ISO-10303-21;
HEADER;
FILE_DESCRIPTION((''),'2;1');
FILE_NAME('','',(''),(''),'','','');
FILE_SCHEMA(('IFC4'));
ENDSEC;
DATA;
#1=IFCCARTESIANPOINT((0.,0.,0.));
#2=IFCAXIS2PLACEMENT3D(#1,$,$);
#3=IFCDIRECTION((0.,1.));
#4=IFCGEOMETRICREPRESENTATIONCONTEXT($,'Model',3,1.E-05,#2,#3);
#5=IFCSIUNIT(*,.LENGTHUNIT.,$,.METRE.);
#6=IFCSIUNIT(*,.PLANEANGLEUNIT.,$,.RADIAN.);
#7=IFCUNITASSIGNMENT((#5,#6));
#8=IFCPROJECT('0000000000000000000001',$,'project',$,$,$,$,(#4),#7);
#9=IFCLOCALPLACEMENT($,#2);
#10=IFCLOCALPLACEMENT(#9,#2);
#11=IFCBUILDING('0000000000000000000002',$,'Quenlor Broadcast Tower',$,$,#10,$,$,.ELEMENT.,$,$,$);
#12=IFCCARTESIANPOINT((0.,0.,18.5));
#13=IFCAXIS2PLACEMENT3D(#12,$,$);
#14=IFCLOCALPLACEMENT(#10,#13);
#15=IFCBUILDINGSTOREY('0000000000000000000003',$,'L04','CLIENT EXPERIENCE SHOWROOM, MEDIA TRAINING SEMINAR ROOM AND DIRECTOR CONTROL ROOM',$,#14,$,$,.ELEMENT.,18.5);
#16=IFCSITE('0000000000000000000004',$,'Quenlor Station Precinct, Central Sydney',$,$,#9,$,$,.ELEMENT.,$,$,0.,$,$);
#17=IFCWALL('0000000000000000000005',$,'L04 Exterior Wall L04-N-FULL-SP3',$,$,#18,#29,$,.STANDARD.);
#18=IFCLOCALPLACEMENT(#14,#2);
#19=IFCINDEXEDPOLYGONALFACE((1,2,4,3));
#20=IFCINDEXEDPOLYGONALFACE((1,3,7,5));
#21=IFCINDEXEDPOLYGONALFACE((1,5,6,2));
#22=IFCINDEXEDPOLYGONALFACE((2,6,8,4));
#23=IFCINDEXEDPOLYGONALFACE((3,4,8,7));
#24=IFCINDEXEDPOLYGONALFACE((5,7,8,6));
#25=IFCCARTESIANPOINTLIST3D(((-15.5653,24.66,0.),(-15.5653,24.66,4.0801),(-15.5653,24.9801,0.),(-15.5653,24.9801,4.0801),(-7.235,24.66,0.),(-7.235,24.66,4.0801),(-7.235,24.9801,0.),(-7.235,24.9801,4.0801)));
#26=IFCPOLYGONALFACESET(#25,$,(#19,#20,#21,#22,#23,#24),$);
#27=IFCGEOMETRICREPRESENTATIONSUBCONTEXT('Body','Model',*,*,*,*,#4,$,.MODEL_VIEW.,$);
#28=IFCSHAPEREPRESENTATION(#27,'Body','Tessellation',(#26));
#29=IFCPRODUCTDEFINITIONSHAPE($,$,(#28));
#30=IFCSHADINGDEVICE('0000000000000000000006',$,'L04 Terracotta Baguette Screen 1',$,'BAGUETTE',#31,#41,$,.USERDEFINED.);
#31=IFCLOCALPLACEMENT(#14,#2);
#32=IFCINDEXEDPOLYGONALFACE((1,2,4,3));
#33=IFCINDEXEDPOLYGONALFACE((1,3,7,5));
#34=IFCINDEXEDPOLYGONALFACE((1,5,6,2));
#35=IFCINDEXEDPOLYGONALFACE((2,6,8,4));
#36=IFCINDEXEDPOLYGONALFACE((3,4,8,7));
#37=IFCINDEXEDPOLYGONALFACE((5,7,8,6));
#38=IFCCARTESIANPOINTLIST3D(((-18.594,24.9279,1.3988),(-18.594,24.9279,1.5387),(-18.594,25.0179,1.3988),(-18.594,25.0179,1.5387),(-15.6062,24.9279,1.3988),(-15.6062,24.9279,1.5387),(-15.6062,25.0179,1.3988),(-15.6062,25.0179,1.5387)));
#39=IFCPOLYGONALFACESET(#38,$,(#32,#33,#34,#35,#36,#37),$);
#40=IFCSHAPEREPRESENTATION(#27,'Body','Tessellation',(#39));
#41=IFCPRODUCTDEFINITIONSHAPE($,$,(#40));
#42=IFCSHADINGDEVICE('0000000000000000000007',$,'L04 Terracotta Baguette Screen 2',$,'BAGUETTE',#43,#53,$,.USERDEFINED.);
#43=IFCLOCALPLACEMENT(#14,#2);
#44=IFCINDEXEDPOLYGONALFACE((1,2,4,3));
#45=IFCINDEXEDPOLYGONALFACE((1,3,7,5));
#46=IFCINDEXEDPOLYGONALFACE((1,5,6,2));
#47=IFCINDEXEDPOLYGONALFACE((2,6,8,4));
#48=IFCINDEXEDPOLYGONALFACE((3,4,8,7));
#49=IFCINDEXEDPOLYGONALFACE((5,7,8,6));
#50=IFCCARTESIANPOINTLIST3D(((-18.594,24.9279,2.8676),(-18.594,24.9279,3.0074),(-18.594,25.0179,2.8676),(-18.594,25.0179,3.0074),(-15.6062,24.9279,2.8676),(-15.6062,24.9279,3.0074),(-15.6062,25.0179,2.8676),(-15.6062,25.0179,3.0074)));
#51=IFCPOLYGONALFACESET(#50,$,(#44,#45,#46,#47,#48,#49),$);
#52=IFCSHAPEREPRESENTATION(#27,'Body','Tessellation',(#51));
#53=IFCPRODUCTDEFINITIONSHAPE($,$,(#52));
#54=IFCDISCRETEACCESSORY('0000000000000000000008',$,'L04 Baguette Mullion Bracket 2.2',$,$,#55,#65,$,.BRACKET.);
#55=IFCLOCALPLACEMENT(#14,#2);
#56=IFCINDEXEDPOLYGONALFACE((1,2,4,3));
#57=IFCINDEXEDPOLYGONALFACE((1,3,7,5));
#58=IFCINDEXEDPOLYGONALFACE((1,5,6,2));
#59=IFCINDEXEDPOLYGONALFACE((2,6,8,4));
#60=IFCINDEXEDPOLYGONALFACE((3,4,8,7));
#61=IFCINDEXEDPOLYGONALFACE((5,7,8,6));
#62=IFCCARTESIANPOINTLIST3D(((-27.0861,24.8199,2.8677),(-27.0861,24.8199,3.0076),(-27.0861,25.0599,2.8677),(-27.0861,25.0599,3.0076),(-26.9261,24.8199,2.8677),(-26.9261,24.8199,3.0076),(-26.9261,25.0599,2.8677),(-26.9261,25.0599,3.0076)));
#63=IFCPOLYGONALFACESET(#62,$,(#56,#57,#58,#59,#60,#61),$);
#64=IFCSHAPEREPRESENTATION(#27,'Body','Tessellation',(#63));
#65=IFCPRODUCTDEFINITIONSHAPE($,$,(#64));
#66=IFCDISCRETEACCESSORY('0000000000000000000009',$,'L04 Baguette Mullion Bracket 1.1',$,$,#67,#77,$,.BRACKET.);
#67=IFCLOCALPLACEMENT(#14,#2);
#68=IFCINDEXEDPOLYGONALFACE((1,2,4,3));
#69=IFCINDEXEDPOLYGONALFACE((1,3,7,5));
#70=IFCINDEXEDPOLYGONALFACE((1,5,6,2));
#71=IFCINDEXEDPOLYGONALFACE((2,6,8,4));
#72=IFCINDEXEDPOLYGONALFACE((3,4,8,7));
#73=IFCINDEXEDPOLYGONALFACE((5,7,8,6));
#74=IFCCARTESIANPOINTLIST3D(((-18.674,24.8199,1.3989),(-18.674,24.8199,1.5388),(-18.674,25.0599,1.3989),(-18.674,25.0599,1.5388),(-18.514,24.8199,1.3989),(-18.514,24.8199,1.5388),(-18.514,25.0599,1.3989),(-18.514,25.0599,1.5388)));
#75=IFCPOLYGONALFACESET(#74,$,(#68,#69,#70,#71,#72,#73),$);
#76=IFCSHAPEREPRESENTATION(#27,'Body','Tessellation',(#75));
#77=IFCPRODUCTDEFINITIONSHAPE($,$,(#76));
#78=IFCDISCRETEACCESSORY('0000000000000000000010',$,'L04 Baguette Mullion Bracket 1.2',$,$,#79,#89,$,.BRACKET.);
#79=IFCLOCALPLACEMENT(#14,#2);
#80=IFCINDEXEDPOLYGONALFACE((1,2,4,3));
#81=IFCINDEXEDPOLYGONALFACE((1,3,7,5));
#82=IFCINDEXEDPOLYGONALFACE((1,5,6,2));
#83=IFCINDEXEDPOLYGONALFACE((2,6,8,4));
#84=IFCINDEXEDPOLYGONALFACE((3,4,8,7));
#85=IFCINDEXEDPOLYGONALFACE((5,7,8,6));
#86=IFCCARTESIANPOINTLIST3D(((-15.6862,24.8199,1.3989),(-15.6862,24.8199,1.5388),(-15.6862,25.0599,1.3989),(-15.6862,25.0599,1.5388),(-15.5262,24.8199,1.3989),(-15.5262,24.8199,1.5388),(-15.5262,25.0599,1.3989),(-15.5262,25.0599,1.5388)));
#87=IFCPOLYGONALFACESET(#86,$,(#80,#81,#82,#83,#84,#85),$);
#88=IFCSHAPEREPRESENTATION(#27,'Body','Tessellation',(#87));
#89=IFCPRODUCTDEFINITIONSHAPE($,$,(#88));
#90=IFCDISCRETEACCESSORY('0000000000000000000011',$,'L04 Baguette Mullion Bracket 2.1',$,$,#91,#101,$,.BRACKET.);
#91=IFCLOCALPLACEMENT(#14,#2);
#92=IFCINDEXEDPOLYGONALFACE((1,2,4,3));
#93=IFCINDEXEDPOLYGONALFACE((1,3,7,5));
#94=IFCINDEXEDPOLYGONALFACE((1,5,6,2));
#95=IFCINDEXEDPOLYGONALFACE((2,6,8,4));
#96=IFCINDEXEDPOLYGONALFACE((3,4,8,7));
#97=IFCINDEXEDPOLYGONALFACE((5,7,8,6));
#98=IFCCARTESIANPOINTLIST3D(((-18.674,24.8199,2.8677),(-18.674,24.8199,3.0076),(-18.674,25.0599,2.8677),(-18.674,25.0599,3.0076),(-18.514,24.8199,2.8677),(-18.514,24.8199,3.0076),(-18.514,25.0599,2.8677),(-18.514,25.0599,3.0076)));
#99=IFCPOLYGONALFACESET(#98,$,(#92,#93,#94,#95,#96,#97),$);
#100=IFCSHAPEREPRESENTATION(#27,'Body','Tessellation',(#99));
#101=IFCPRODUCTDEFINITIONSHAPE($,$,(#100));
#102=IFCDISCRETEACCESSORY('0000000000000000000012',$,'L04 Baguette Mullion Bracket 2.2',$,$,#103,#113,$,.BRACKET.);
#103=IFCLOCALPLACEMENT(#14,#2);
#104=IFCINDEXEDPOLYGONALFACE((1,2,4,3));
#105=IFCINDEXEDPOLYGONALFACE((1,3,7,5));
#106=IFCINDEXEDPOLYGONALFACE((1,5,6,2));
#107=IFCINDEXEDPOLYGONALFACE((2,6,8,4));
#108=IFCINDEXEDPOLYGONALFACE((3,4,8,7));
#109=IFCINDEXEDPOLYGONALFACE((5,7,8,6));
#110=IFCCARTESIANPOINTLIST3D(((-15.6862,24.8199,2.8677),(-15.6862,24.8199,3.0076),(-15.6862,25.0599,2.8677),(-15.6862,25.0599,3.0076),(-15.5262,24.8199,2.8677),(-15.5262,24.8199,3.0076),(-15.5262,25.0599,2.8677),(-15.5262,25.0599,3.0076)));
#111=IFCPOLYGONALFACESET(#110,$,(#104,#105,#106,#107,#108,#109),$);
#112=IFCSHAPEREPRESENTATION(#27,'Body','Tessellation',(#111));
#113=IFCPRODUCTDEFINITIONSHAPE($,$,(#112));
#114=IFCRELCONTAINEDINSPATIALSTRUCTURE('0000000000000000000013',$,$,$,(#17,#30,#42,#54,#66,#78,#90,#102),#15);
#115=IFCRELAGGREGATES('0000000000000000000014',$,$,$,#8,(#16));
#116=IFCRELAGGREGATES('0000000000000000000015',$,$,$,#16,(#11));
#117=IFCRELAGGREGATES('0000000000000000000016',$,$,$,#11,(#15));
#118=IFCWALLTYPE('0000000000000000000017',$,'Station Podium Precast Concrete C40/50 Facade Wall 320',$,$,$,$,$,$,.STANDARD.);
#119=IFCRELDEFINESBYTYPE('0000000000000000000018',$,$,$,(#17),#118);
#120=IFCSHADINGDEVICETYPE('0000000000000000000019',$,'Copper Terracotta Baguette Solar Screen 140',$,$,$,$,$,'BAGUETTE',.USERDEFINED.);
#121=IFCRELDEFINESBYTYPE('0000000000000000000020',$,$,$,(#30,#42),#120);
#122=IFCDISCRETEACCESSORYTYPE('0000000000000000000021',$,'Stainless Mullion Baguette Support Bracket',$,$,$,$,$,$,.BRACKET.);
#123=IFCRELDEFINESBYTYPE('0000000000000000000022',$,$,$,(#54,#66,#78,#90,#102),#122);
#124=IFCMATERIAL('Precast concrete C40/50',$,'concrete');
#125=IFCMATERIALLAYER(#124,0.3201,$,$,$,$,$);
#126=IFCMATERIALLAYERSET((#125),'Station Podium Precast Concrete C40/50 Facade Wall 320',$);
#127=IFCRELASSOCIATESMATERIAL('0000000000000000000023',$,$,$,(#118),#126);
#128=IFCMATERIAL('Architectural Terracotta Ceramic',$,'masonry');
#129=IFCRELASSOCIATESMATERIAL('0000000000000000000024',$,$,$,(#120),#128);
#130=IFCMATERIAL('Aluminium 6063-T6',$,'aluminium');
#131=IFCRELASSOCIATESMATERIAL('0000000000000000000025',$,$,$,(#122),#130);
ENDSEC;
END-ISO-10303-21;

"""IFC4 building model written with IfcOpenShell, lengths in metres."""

from ifc_helpers import new_model, si_unit, direction, frame, frame_2d, origin, origin_2d, place, context, subcontext, project, spatial, rectangle, extrude, material, layer, layer_set, material_profile, profile_set, type_object, element, save


model = new_model("IFC4")

# Units and contexts
model_context = context("Model", 3, precision=1e-05, world=origin(), true_north=direction((0.0, 1.0)))
body_context = subcontext(model_context, "Body", "Model", "MODEL_VIEW")
ifc_project = project(units=[si_unit("LENGTHUNIT", "METRE"), si_unit("PLANEANGLEUNIT", "RADIAN")], contexts=[model_context])

# Site, building, storey
site_placement = place(None, origin())
site = spatial("IfcSite", under=ifc_project, at=site_placement, Name="Quenlor Station Precinct, Central Sydney", CompositionType="ELEMENT", RefElevation=0.0)
building_placement = place(site_placement, origin())
building = spatial("IfcBuilding", under=site, at=building_placement, Name="Quenlor Broadcast Tower", CompositionType="ELEMENT")
storey_placement = place(building_placement, frame((0.0, 0.0, 18.5)))
storey = spatial("IfcBuildingStorey", under=building, at=storey_placement, Name="L04", Description="CLIENT EXPERIENCE SHOWROOM, MEDIA TRAINING SEMINAR ROOM AND DIRECTOR CONTROL ROOM", CompositionType="ELEMENT", Elevation=18.5)

# Wall
ifc_material_1 = material(Name="Precast concrete C40/50", Category="concrete")
ifc_layer_1 = layer(ifc_material_1, 0.3201)
ifc_layer_set_1 = layer_set([ifc_layer_1], Name="Station Podium Precast Concrete C40/50 Facade Wall 320")
wall_type = type_object("IfcWallType", Name="Station Podium Precast Concrete C40/50 Facade Wall 320", PredefinedType="STANDARD", material=ifc_layer_set_1)
wall_1_placement = place(storey_placement, frame((-15.5652, 24.8201, 0.0), z_axis=(0.0, 0.0, 1.0), x_axis=(1.0, 0.0, 0.0)))
element("IfcWall", 1, at=wall_1_placement, inside=storey, type_object=wall_type, Name="L04 Exterior Wall L04-N-FULL-SP3", PredefinedType="STANDARD", context=body_context, shape_type="SweptSolid", body=[
    extrude(rectangle(XDim=8.3303, YDim=0.3201, at=frame_2d((4.165, 0.0))), origin(), (0.0, 0.0, 1.0), 4.0801),
])

# Shading devices
ifc_material_2 = material(Name="Architectural Terracotta Ceramic", Category="masonry")
ifc_material_profile_1 = material_profile(ifc_material_2, rectangle(XDim=0.0901, YDim=0.1399, at=origin_2d()))
ifc_profile_set_1 = profile_set([ifc_material_profile_1], Name="Architectural Terracotta Ceramic BAG90x140")
shading_device_type = type_object("IfcShadingDeviceType", Name="Copper Terracotta Baguette Solar Screen 140", ElementType="BAGUETTE", PredefinedType="USERDEFINED", material=ifc_profile_set_1)
for number, where, z_axis, x_axis, name in (
    (2, (-18.594, 24.9729, 1.4688), (1.0, 0.0, 0.0), (0.0, 1.0, 0.0), "L04 Terracotta Baguette Screen 1"),
    (3, (-18.594, 24.9729, 2.9375), (1.0, 0.0, 0.0), (0.0, 1.0, 0.0), "L04 Terracotta Baguette Screen 2"),
):
    element("IfcShadingDevice", number, at=place(storey_placement, frame(where, z_axis=z_axis, x_axis=x_axis)), inside=storey, type_object=shading_device_type, Name=name, ObjectType="BAGUETTE", PredefinedType="USERDEFINED", context=body_context, shape_type="SweptSolid", body=[
        extrude(rectangle(XDim=0.0901, YDim=0.1399, at=origin_2d()), origin(), (0.0, 0.0, 1.0), 2.9878),
    ])

# Discrete accessories
ifc_material_3 = material(Name="Aluminium 6063-T6", Category="aluminium")
discrete_accessory_type = type_object("IfcDiscreteAccessoryType", Name="Stainless Mullion Baguette Support Bracket", PredefinedType="BRACKET", material=ifc_material_3)
for number, where, z_axis, x_axis, name in (
    (4, (-27.0061, 24.9399, 2.8677), (0.0, 0.0, 1.0), (1.0, 0.0, 0.0), "L04 Baguette Mullion Bracket 2.2"),
    (5, (-18.594, 24.9399, 1.3989), (0.0, 0.0, 1.0), (1.0, 0.0, 0.0), "L04 Baguette Mullion Bracket 1.1"),
    (6, (-15.6062, 24.9399, 1.3989), (0.0, 0.0, 1.0), (1.0, 0.0, 0.0), "L04 Baguette Mullion Bracket 1.2"),
    (7, (-18.594, 24.9399, 2.8677), (0.0, 0.0, 1.0), (1.0, 0.0, 0.0), "L04 Baguette Mullion Bracket 2.1"),
    (8, (-15.6062, 24.9399, 2.8677), (0.0, 0.0, 1.0), (1.0, 0.0, 0.0), "L04 Baguette Mullion Bracket 2.2"),
):
    element("IfcDiscreteAccessory", number, at=place(storey_placement, frame(where, z_axis=z_axis, x_axis=x_axis)), inside=storey, type_object=discrete_accessory_type, Name=name, PredefinedType="BRACKET", context=body_context, shape_type="SweptSolid", body=[
        extrude(rectangle(XDim=0.1599, YDim=0.24, at=origin_2d()), origin(), (0.0, 0.0, 1.0), 0.1399),
    ])

save(model, "model.ifc")
